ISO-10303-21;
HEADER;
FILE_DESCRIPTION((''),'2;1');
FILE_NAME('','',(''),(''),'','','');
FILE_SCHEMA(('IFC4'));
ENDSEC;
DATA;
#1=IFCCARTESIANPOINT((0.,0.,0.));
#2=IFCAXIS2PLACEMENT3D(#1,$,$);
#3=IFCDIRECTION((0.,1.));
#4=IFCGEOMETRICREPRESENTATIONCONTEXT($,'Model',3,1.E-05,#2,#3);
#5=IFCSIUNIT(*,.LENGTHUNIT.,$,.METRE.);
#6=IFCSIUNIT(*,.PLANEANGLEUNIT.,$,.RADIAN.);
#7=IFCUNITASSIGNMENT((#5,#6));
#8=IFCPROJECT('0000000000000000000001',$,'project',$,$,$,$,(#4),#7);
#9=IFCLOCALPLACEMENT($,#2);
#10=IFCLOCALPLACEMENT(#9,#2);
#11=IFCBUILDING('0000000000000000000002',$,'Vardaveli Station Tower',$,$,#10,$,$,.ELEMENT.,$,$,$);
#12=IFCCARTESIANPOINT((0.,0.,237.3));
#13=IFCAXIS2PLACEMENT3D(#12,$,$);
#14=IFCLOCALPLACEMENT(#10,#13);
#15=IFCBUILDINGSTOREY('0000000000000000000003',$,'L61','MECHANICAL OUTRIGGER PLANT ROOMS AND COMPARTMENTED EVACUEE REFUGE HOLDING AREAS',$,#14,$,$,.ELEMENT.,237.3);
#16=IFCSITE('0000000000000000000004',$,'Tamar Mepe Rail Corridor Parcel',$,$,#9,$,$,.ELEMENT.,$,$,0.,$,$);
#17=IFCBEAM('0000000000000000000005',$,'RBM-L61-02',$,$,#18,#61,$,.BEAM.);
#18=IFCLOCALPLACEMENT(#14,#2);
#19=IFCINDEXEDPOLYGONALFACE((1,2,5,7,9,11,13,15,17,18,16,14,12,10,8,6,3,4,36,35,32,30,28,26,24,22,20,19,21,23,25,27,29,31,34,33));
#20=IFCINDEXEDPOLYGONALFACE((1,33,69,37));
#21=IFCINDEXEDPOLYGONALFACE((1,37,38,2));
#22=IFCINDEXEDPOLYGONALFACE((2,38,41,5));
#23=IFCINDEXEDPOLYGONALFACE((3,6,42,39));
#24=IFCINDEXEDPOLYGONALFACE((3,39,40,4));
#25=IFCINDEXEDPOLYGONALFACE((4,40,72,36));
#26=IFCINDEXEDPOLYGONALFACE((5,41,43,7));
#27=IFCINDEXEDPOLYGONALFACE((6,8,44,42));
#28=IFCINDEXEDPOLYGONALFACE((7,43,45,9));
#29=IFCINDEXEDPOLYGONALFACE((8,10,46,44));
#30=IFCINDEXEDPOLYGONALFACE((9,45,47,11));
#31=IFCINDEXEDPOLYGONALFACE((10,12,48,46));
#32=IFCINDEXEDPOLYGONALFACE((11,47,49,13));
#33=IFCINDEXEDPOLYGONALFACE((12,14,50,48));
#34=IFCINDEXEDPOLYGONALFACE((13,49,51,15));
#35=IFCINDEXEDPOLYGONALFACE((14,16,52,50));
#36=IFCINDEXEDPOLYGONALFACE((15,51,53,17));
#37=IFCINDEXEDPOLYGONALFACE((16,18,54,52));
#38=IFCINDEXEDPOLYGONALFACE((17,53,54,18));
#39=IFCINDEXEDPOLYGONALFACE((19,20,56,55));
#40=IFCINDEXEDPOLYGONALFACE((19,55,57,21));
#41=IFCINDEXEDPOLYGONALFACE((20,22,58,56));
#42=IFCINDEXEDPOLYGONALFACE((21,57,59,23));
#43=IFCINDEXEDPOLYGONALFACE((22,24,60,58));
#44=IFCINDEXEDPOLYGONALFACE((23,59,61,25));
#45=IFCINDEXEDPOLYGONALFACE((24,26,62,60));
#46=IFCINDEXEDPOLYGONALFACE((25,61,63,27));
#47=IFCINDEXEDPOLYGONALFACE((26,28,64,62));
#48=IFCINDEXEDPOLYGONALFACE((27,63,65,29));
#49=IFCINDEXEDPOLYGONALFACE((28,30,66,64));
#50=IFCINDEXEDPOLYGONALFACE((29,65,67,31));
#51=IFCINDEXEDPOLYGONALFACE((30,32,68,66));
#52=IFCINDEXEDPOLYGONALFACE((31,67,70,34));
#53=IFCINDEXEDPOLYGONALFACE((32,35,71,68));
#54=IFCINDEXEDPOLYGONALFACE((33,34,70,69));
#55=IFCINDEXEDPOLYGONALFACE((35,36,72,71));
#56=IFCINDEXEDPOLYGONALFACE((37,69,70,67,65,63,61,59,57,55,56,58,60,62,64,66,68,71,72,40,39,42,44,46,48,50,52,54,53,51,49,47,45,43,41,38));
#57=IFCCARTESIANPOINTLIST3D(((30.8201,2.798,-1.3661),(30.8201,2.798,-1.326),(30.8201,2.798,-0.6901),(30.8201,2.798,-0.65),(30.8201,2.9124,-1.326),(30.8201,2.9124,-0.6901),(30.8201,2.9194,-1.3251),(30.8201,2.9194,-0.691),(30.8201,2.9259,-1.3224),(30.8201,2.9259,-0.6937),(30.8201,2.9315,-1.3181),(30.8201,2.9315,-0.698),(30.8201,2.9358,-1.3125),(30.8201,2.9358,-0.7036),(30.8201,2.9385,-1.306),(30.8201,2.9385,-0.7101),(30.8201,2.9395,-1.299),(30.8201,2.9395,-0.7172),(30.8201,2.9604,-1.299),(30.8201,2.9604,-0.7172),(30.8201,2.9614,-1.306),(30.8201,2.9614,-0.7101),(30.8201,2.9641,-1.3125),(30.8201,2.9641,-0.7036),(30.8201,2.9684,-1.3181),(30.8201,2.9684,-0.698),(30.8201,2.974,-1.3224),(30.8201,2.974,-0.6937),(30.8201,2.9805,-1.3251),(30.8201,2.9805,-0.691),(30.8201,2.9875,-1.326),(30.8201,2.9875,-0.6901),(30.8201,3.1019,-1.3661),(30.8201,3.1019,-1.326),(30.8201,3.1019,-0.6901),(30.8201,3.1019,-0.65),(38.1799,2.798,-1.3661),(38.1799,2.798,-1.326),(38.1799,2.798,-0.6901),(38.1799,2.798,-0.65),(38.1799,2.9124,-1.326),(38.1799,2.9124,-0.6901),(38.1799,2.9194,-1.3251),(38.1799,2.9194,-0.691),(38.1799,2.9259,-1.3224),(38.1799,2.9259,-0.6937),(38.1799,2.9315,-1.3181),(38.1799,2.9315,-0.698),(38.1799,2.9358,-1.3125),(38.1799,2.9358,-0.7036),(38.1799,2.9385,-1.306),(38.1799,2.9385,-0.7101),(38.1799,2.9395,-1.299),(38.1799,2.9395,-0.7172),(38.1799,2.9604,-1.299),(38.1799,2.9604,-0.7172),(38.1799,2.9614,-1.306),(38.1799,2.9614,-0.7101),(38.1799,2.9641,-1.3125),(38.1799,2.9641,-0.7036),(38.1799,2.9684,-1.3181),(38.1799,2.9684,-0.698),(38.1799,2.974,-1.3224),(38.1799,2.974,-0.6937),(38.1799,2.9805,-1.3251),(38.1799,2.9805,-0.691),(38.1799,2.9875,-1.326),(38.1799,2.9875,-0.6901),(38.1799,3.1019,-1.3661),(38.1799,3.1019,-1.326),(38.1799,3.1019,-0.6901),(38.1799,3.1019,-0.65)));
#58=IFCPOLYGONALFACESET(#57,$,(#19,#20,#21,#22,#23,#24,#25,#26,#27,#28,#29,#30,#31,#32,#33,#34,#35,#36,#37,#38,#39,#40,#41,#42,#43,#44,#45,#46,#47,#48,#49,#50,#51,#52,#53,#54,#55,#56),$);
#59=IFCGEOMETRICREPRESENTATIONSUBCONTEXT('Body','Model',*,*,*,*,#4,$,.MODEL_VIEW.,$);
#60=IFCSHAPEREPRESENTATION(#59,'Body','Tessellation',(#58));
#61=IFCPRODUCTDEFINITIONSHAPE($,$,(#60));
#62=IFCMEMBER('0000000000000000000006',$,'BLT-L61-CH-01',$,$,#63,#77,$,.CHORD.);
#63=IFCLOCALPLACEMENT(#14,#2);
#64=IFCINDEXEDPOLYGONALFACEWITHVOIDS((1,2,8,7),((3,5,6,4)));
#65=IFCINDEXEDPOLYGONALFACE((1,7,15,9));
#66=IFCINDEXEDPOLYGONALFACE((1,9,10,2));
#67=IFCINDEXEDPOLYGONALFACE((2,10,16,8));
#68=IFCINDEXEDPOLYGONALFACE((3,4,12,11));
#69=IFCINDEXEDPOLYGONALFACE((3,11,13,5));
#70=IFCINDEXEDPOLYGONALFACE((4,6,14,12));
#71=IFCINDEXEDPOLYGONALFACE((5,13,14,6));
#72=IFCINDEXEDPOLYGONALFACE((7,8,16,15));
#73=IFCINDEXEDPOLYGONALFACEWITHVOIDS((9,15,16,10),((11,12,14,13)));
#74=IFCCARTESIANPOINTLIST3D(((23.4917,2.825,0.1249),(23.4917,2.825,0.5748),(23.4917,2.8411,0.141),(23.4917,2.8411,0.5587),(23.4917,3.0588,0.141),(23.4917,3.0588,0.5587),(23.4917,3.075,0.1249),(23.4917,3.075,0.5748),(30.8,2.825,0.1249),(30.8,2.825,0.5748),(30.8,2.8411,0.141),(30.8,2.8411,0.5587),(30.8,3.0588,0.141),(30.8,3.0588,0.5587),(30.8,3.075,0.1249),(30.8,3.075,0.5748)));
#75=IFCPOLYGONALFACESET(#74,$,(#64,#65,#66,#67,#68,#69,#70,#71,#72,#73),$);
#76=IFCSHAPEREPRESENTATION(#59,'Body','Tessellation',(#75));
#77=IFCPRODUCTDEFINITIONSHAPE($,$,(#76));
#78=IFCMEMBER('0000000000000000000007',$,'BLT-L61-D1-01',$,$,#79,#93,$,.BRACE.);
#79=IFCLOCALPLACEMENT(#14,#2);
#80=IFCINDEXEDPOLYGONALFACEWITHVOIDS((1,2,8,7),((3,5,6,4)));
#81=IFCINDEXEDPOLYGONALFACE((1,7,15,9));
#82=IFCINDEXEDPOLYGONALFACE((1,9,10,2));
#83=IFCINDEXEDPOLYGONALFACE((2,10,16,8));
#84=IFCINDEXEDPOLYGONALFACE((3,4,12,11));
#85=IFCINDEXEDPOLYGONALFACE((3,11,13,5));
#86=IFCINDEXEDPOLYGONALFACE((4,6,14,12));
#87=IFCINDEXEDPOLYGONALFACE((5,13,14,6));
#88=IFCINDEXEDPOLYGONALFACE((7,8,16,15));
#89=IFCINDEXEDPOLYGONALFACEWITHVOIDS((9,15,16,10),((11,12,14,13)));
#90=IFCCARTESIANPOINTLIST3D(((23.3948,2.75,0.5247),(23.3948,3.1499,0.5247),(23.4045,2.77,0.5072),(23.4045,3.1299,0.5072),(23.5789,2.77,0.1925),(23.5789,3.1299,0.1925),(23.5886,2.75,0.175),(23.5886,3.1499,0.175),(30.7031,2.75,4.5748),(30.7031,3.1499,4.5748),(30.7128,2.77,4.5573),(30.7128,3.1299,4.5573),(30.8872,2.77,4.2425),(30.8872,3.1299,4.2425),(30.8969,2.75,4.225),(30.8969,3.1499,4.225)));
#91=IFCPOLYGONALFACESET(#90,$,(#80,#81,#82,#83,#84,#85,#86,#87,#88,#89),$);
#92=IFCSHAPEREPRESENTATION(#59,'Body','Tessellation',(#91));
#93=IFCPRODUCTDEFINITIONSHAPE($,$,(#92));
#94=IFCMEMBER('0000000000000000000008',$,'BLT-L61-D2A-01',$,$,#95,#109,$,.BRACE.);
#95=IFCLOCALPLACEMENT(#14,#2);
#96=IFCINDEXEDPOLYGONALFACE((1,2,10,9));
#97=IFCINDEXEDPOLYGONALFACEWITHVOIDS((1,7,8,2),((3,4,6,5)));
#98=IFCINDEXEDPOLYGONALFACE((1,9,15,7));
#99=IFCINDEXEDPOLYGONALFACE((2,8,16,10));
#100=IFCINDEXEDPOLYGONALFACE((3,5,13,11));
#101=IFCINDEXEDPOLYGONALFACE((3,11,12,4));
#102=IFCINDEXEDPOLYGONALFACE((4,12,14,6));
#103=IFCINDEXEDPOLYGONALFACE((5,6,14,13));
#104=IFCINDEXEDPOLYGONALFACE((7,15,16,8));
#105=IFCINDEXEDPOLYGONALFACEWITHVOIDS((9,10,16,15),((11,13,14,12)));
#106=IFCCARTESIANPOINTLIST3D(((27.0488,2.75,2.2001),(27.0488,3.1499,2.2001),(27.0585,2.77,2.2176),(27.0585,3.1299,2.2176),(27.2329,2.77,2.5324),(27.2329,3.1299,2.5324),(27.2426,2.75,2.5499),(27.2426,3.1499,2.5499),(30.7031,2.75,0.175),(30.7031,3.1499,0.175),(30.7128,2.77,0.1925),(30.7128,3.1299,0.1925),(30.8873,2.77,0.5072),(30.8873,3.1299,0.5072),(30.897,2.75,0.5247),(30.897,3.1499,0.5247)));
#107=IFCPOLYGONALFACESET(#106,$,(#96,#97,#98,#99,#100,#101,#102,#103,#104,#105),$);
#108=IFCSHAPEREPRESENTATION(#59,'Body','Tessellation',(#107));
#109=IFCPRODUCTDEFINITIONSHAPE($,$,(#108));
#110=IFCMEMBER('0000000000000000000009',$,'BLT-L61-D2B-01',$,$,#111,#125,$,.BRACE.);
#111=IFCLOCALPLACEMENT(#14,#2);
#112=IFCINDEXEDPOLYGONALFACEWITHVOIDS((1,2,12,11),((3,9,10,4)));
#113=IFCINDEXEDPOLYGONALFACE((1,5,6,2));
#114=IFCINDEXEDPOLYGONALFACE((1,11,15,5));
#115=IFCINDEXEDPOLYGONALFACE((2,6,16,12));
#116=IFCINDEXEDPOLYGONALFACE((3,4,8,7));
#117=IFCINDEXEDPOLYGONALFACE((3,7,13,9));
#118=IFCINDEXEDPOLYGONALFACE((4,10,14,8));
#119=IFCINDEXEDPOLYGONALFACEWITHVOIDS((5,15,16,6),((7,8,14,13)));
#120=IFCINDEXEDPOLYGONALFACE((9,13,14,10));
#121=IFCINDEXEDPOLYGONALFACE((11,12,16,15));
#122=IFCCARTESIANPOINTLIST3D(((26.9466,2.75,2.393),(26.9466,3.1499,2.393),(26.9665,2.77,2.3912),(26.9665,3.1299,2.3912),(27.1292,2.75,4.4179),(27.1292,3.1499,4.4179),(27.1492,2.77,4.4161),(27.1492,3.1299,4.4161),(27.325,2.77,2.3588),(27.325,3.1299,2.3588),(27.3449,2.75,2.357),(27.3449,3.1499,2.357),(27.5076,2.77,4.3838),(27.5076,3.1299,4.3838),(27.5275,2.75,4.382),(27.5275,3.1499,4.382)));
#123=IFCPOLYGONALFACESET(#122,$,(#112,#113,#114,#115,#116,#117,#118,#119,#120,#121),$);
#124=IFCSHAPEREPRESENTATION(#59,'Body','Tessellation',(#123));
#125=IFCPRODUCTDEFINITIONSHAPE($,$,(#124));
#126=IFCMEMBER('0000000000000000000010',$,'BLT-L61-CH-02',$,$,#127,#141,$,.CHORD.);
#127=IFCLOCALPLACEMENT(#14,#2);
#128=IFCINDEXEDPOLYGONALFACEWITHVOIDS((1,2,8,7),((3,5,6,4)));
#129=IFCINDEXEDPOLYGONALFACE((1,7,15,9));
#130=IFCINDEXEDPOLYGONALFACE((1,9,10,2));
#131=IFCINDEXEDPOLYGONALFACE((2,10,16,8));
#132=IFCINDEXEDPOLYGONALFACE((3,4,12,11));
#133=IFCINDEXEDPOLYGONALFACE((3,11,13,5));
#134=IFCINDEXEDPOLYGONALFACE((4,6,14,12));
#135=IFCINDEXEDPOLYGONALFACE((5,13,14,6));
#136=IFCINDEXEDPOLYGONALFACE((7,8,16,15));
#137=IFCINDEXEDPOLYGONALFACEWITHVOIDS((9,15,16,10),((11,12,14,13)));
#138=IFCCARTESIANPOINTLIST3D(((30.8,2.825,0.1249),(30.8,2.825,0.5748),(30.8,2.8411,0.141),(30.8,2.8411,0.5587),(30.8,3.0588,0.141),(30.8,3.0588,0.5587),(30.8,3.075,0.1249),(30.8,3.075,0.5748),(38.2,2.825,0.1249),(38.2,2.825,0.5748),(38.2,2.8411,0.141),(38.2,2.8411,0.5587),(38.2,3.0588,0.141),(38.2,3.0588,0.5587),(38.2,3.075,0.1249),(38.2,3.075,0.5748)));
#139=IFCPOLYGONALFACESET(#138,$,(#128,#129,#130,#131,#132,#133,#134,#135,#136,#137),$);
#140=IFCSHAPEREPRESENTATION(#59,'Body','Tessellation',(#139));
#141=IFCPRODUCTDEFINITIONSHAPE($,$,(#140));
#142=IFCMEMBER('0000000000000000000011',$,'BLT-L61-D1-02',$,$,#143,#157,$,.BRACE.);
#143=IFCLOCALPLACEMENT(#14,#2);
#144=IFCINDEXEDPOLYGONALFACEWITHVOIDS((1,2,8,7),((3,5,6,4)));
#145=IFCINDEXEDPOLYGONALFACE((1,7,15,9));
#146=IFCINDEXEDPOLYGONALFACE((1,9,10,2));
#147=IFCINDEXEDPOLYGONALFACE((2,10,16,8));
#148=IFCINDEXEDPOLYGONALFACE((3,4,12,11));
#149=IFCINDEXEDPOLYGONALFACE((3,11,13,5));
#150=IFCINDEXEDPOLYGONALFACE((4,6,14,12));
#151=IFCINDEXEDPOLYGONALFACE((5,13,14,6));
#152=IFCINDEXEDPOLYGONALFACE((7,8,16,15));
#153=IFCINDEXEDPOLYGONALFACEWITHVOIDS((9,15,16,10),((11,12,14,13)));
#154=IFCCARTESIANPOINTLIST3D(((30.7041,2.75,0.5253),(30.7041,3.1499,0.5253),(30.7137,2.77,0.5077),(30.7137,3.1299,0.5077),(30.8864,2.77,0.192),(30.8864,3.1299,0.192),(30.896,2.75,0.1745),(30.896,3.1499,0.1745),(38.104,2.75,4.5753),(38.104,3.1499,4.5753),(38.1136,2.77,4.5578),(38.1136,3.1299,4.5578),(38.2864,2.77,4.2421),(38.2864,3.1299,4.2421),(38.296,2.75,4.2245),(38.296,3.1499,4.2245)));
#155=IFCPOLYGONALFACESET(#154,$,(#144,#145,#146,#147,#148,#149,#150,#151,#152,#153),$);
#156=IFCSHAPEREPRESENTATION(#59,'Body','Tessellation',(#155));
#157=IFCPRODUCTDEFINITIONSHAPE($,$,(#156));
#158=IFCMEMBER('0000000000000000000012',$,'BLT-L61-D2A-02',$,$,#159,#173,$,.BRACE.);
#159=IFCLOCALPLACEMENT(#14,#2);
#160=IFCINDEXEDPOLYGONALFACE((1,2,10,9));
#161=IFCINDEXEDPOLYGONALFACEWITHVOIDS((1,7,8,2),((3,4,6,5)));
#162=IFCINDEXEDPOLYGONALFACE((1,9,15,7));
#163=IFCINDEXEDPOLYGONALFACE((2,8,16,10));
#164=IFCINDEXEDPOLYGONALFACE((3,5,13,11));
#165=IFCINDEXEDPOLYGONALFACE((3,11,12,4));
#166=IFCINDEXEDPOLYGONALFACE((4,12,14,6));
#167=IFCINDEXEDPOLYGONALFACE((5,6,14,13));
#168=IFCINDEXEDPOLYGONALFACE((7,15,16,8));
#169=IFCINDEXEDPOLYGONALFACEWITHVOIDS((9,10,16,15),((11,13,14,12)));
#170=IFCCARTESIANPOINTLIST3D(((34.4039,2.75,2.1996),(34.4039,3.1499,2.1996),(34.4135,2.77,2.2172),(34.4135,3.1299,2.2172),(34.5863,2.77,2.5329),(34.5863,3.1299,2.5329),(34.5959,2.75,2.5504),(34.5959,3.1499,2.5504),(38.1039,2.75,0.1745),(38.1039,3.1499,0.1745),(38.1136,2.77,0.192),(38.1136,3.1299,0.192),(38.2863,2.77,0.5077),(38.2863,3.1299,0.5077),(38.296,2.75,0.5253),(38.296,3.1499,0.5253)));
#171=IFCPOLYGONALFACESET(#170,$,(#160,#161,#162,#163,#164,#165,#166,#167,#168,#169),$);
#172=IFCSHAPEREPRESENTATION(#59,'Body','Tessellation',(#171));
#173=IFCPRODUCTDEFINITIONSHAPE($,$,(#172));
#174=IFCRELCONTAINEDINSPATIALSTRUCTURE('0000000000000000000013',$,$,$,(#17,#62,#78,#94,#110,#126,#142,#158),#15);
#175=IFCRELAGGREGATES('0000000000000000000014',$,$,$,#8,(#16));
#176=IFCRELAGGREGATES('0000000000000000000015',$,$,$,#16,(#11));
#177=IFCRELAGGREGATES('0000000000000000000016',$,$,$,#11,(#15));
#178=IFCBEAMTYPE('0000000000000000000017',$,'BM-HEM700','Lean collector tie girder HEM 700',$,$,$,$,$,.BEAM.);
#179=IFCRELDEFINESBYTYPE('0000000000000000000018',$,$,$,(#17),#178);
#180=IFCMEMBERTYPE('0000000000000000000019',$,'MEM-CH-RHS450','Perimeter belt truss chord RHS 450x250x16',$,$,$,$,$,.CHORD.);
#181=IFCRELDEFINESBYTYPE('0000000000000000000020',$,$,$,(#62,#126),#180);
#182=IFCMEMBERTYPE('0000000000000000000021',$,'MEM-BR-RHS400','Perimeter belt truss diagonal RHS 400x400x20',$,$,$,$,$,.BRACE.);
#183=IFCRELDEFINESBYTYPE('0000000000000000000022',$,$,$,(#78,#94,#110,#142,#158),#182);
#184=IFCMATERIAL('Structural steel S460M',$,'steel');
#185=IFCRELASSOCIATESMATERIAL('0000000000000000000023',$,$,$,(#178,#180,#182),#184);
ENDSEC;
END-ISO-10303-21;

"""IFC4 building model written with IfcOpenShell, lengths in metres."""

from ifc_helpers import new_model, si_unit, direction, frame, origin, origin_2d, place, context, subcontext, project, spatial, hollow_rectangle, i_section, extrude, source, transform, mapped, material, material_profile, profile_set, type_object, element, save


model = new_model("IFC4")

# Units and contexts
model_context = context("Model", 3, precision=1e-05, world=origin(), true_north=direction((0.0, 1.0)))
body_context = subcontext(model_context, "Body", "Model", "MODEL_VIEW")
ifc_project = project(units=[si_unit("LENGTHUNIT", "METRE"), si_unit("PLANEANGLEUNIT", "RADIAN")], contexts=[model_context])

# Site, building, storey
site_placement = place(None, origin())
site = spatial("IfcSite", under=ifc_project, at=site_placement, Name="Tamar Mepe Rail Corridor Parcel", CompositionType="ELEMENT", RefElevation=0.0)
building_placement = place(site_placement, origin())
building = spatial("IfcBuilding", under=site, at=building_placement, Name="Vardaveli Station Tower", CompositionType="ELEMENT")
storey_placement = place(building_placement, frame((0.0, 0.0, 237.3)))
storey = spatial("IfcBuildingStorey", under=building, at=storey_placement, Name="L61", Description="MECHANICAL OUTRIGGER PLANT ROOMS AND COMPARTMENTED EVACUEE REFUGE HOLDING AREAS", CompositionType="ELEMENT", Elevation=237.3)

# Shared definitions
ifc_material_1 = material(Name="Structural steel S460M", Category="steel")

# Beam
ifc_material_profile_1 = material_profile(ifc_material_1, i_section(OverallWidth=0.304, OverallDepth=0.7161, WebThickness=0.021, FlangeThickness=0.04, FilletRadius=0.0271, at=origin_2d()), Name="HEM 700")
ifc_profile_set_1 = profile_set([ifc_material_profile_1], Name="Structural steel S460M")
beam_type = type_object("IfcBeamType", Name="BM-HEM700", Description="Lean collector tie girder HEM 700", PredefinedType="BEAM", material=ifc_profile_set_1)
shared_shape_1 = source(origin(), body_context, "Body", "SweptSolid", [
    extrude(i_section(OverallWidth=0.304, OverallDepth=0.7161, WebThickness=0.021, FlangeThickness=0.04, FilletRadius=0.0271, at=origin_2d()), origin(), (0.0, 0.0, 1.0), 7.3599),
])
beam_1_placement = place(storey_placement, frame((30.8201, 2.95, -1.0081), z_axis=(1.0, 0.0, 0.0), x_axis=(0.0, 1.0, 0.0)))
element("IfcBeam", 1, at=beam_1_placement, inside=storey, type_object=beam_type, Name="RBM-L61-02", PredefinedType="BEAM", context=body_context, shape_type="MappedRepresentation", body=[
    mapped(shared_shape_1, transform((0.0, 0.0, 0.0), scale=1.0)),
])

# Members
ifc_material_profile_2 = material_profile(ifc_material_1, hollow_rectangle(XDim=0.25, YDim=0.45, WallThickness=0.0161, at=origin_2d()), Name="RHS 450x250x16")
ifc_profile_set_2 = profile_set([ifc_material_profile_2], Name="Structural steel S460M")
member_type_1 = type_object("IfcMemberType", Name="MEM-CH-RHS450", Description="Perimeter belt truss chord RHS 450x250x16", PredefinedType="CHORD", material=ifc_profile_set_2)
shared_shape_2 = source(origin(), body_context, "Body", "SweptSolid", [
    extrude(hollow_rectangle(XDim=0.25, YDim=0.45, WallThickness=0.0161, at=origin_2d()), origin(), (0.0, 0.0, 1.0), 7.3083),
])
member_1_placement = place(storey_placement, frame((23.4917, 2.95, 0.3499), z_axis=(1.0, 0.0, 0.0), x_axis=(0.0, 1.0, 0.0)))
element("IfcMember", 2, at=member_1_placement, inside=storey, type_object=member_type_1, Name="BLT-L61-CH-01", PredefinedType="CHORD", context=body_context, shape_type="MappedRepresentation", body=[
    mapped(shared_shape_2, transform((0.0, 0.0, 0.0), scale=1.0)),
])
ifc_material_profile_3 = material_profile(ifc_material_1, hollow_rectangle(XDim=0.3999, YDim=0.3999, WallThickness=0.02, at=origin_2d()), Name="RHS 400x400x20")
ifc_profile_set_3 = profile_set([ifc_material_profile_3], Name="Structural steel S460M")
member_type_2 = type_object("IfcMemberType", Name="MEM-BR-RHS400", Description="Perimeter belt truss diagonal RHS 400x400x20", PredefinedType="BRACE", material=ifc_profile_set_3)
shared_shape_3 = source(origin(), body_context, "Body", "SweptSolid", [
    extrude(hollow_rectangle(XDim=0.3999, YDim=0.3999, WallThickness=0.02, at=origin_2d()), origin(), (0.0, 0.0, 1.0), 8.3555),
])
member_2_placement = place(storey_placement, frame((23.4917, 2.95, 0.3499), z_axis=(0.874672, 0.0, 0.484715), x_axis=(0.0, 1.0, 0.0)))
element("IfcMember", 3, at=member_2_placement, inside=storey, type_object=member_type_2, Name="BLT-L61-D1-01", PredefinedType="BRACE", context=body_context, shape_type="MappedRepresentation", body=[
    mapped(shared_shape_3, transform((0.0, 0.0, 0.0), scale=1.0)),
])
shared_shape_4 = source(origin(), body_context, "Body", "SweptSolid", [
    extrude(hollow_rectangle(XDim=0.3999, YDim=0.3999, WallThickness=0.02, at=origin_2d()), origin(), (0.0, 0.0, 1.0), 4.178),
])
member_3_placement = place(storey_placement, frame((30.8, 2.95, 0.3499), z_axis=(-0.874667, 0.0, 0.484725), x_axis=(0.0, -1.0, 0.0)))
element("IfcMember", 4, at=member_3_placement, inside=storey, type_object=member_type_2, Name="BLT-L61-D2A-01", PredefinedType="BRACE", context=body_context, shape_type="MappedRepresentation", body=[
    mapped(shared_shape_4, transform((0.0, 0.0, 0.0), scale=1.0)),
])
shared_shape_5 = source(origin(), body_context, "Body", "SweptSolid", [
    extrude(hollow_rectangle(XDim=0.3999, YDim=0.3999, WallThickness=0.02, at=origin_2d()), origin(), (0.0, 0.0, 1.0), 2.0332),
])
member_4_placement = place(storey_placement, frame((27.1458, 2.95, 2.375), z_axis=(0.089821, 0.0, 0.995958), x_axis=(0.0, 1.0, 0.0)))
element("IfcMember", 5, at=member_4_placement, inside=storey, type_object=member_type_2, Name="BLT-L61-D2B-01", PredefinedType="BRACE", context=body_context, shape_type="MappedRepresentation", body=[
    mapped(shared_shape_5, transform((0.0, 0.0, 0.0), scale=1.0)),
])
shared_shape_6 = source(origin(), body_context, "Body", "SweptSolid", [
    extrude(hollow_rectangle(XDim=0.25, YDim=0.45, WallThickness=0.0161, at=origin_2d()), origin(), (0.0, 0.0, 1.0), 7.3999),
])
member_5_placement = place(storey_placement, frame((30.8, 2.95, 0.3499), z_axis=(1.0, 0.0, 0.0), x_axis=(0.0, 1.0, 0.0)))
element("IfcMember", 6, at=member_5_placement, inside=storey, type_object=member_type_1, Name="BLT-L61-CH-02", PredefinedType="CHORD", context=body_context, shape_type="MappedRepresentation", body=[
    mapped(shared_shape_6, transform((0.0, 0.0, 0.0), scale=1.0)),
])
shared_shape_7 = source(origin(), body_context, "Body", "SweptSolid", [
    extrude(hollow_rectangle(XDim=0.3999, YDim=0.3999, WallThickness=0.02, at=origin_2d()), origin(), (0.0, 0.0, 1.0), 8.4358),
])
member_6_placement = place(storey_placement, frame((30.8, 2.95, 0.3499), z_axis=(0.87721, 0.0, 0.480107), x_axis=(0.0, 1.0, 0.0)))
element("IfcMember", 7, at=member_6_placement, inside=storey, type_object=member_type_2, Name="BLT-L61-D1-02", PredefinedType="BRACE", context=body_context, shape_type="MappedRepresentation", body=[
    mapped(shared_shape_7, transform((0.0, 0.0, 0.0), scale=1.0)),
])
shared_shape_8 = source(origin(), body_context, "Body", "SweptSolid", [
    extrude(hollow_rectangle(XDim=0.3999, YDim=0.3999, WallThickness=0.02, at=origin_2d()), origin(), (0.0, 0.0, 1.0), 4.218),
])
member_7_placement = place(storey_placement, frame((38.2, 2.95, 0.3499), z_axis=(-0.877198, 0.0, 0.480129), x_axis=(0.0, -1.0, 0.0)))
element("IfcMember", 8, at=member_7_placement, inside=storey, type_object=member_type_2, Name="BLT-L61-D2A-02", PredefinedType="BRACE", context=body_context, shape_type="MappedRepresentation", body=[
    mapped(shared_shape_8, transform((0.0, 0.0, 0.0), scale=1.0)),
])

save(model, "model.ifc")
